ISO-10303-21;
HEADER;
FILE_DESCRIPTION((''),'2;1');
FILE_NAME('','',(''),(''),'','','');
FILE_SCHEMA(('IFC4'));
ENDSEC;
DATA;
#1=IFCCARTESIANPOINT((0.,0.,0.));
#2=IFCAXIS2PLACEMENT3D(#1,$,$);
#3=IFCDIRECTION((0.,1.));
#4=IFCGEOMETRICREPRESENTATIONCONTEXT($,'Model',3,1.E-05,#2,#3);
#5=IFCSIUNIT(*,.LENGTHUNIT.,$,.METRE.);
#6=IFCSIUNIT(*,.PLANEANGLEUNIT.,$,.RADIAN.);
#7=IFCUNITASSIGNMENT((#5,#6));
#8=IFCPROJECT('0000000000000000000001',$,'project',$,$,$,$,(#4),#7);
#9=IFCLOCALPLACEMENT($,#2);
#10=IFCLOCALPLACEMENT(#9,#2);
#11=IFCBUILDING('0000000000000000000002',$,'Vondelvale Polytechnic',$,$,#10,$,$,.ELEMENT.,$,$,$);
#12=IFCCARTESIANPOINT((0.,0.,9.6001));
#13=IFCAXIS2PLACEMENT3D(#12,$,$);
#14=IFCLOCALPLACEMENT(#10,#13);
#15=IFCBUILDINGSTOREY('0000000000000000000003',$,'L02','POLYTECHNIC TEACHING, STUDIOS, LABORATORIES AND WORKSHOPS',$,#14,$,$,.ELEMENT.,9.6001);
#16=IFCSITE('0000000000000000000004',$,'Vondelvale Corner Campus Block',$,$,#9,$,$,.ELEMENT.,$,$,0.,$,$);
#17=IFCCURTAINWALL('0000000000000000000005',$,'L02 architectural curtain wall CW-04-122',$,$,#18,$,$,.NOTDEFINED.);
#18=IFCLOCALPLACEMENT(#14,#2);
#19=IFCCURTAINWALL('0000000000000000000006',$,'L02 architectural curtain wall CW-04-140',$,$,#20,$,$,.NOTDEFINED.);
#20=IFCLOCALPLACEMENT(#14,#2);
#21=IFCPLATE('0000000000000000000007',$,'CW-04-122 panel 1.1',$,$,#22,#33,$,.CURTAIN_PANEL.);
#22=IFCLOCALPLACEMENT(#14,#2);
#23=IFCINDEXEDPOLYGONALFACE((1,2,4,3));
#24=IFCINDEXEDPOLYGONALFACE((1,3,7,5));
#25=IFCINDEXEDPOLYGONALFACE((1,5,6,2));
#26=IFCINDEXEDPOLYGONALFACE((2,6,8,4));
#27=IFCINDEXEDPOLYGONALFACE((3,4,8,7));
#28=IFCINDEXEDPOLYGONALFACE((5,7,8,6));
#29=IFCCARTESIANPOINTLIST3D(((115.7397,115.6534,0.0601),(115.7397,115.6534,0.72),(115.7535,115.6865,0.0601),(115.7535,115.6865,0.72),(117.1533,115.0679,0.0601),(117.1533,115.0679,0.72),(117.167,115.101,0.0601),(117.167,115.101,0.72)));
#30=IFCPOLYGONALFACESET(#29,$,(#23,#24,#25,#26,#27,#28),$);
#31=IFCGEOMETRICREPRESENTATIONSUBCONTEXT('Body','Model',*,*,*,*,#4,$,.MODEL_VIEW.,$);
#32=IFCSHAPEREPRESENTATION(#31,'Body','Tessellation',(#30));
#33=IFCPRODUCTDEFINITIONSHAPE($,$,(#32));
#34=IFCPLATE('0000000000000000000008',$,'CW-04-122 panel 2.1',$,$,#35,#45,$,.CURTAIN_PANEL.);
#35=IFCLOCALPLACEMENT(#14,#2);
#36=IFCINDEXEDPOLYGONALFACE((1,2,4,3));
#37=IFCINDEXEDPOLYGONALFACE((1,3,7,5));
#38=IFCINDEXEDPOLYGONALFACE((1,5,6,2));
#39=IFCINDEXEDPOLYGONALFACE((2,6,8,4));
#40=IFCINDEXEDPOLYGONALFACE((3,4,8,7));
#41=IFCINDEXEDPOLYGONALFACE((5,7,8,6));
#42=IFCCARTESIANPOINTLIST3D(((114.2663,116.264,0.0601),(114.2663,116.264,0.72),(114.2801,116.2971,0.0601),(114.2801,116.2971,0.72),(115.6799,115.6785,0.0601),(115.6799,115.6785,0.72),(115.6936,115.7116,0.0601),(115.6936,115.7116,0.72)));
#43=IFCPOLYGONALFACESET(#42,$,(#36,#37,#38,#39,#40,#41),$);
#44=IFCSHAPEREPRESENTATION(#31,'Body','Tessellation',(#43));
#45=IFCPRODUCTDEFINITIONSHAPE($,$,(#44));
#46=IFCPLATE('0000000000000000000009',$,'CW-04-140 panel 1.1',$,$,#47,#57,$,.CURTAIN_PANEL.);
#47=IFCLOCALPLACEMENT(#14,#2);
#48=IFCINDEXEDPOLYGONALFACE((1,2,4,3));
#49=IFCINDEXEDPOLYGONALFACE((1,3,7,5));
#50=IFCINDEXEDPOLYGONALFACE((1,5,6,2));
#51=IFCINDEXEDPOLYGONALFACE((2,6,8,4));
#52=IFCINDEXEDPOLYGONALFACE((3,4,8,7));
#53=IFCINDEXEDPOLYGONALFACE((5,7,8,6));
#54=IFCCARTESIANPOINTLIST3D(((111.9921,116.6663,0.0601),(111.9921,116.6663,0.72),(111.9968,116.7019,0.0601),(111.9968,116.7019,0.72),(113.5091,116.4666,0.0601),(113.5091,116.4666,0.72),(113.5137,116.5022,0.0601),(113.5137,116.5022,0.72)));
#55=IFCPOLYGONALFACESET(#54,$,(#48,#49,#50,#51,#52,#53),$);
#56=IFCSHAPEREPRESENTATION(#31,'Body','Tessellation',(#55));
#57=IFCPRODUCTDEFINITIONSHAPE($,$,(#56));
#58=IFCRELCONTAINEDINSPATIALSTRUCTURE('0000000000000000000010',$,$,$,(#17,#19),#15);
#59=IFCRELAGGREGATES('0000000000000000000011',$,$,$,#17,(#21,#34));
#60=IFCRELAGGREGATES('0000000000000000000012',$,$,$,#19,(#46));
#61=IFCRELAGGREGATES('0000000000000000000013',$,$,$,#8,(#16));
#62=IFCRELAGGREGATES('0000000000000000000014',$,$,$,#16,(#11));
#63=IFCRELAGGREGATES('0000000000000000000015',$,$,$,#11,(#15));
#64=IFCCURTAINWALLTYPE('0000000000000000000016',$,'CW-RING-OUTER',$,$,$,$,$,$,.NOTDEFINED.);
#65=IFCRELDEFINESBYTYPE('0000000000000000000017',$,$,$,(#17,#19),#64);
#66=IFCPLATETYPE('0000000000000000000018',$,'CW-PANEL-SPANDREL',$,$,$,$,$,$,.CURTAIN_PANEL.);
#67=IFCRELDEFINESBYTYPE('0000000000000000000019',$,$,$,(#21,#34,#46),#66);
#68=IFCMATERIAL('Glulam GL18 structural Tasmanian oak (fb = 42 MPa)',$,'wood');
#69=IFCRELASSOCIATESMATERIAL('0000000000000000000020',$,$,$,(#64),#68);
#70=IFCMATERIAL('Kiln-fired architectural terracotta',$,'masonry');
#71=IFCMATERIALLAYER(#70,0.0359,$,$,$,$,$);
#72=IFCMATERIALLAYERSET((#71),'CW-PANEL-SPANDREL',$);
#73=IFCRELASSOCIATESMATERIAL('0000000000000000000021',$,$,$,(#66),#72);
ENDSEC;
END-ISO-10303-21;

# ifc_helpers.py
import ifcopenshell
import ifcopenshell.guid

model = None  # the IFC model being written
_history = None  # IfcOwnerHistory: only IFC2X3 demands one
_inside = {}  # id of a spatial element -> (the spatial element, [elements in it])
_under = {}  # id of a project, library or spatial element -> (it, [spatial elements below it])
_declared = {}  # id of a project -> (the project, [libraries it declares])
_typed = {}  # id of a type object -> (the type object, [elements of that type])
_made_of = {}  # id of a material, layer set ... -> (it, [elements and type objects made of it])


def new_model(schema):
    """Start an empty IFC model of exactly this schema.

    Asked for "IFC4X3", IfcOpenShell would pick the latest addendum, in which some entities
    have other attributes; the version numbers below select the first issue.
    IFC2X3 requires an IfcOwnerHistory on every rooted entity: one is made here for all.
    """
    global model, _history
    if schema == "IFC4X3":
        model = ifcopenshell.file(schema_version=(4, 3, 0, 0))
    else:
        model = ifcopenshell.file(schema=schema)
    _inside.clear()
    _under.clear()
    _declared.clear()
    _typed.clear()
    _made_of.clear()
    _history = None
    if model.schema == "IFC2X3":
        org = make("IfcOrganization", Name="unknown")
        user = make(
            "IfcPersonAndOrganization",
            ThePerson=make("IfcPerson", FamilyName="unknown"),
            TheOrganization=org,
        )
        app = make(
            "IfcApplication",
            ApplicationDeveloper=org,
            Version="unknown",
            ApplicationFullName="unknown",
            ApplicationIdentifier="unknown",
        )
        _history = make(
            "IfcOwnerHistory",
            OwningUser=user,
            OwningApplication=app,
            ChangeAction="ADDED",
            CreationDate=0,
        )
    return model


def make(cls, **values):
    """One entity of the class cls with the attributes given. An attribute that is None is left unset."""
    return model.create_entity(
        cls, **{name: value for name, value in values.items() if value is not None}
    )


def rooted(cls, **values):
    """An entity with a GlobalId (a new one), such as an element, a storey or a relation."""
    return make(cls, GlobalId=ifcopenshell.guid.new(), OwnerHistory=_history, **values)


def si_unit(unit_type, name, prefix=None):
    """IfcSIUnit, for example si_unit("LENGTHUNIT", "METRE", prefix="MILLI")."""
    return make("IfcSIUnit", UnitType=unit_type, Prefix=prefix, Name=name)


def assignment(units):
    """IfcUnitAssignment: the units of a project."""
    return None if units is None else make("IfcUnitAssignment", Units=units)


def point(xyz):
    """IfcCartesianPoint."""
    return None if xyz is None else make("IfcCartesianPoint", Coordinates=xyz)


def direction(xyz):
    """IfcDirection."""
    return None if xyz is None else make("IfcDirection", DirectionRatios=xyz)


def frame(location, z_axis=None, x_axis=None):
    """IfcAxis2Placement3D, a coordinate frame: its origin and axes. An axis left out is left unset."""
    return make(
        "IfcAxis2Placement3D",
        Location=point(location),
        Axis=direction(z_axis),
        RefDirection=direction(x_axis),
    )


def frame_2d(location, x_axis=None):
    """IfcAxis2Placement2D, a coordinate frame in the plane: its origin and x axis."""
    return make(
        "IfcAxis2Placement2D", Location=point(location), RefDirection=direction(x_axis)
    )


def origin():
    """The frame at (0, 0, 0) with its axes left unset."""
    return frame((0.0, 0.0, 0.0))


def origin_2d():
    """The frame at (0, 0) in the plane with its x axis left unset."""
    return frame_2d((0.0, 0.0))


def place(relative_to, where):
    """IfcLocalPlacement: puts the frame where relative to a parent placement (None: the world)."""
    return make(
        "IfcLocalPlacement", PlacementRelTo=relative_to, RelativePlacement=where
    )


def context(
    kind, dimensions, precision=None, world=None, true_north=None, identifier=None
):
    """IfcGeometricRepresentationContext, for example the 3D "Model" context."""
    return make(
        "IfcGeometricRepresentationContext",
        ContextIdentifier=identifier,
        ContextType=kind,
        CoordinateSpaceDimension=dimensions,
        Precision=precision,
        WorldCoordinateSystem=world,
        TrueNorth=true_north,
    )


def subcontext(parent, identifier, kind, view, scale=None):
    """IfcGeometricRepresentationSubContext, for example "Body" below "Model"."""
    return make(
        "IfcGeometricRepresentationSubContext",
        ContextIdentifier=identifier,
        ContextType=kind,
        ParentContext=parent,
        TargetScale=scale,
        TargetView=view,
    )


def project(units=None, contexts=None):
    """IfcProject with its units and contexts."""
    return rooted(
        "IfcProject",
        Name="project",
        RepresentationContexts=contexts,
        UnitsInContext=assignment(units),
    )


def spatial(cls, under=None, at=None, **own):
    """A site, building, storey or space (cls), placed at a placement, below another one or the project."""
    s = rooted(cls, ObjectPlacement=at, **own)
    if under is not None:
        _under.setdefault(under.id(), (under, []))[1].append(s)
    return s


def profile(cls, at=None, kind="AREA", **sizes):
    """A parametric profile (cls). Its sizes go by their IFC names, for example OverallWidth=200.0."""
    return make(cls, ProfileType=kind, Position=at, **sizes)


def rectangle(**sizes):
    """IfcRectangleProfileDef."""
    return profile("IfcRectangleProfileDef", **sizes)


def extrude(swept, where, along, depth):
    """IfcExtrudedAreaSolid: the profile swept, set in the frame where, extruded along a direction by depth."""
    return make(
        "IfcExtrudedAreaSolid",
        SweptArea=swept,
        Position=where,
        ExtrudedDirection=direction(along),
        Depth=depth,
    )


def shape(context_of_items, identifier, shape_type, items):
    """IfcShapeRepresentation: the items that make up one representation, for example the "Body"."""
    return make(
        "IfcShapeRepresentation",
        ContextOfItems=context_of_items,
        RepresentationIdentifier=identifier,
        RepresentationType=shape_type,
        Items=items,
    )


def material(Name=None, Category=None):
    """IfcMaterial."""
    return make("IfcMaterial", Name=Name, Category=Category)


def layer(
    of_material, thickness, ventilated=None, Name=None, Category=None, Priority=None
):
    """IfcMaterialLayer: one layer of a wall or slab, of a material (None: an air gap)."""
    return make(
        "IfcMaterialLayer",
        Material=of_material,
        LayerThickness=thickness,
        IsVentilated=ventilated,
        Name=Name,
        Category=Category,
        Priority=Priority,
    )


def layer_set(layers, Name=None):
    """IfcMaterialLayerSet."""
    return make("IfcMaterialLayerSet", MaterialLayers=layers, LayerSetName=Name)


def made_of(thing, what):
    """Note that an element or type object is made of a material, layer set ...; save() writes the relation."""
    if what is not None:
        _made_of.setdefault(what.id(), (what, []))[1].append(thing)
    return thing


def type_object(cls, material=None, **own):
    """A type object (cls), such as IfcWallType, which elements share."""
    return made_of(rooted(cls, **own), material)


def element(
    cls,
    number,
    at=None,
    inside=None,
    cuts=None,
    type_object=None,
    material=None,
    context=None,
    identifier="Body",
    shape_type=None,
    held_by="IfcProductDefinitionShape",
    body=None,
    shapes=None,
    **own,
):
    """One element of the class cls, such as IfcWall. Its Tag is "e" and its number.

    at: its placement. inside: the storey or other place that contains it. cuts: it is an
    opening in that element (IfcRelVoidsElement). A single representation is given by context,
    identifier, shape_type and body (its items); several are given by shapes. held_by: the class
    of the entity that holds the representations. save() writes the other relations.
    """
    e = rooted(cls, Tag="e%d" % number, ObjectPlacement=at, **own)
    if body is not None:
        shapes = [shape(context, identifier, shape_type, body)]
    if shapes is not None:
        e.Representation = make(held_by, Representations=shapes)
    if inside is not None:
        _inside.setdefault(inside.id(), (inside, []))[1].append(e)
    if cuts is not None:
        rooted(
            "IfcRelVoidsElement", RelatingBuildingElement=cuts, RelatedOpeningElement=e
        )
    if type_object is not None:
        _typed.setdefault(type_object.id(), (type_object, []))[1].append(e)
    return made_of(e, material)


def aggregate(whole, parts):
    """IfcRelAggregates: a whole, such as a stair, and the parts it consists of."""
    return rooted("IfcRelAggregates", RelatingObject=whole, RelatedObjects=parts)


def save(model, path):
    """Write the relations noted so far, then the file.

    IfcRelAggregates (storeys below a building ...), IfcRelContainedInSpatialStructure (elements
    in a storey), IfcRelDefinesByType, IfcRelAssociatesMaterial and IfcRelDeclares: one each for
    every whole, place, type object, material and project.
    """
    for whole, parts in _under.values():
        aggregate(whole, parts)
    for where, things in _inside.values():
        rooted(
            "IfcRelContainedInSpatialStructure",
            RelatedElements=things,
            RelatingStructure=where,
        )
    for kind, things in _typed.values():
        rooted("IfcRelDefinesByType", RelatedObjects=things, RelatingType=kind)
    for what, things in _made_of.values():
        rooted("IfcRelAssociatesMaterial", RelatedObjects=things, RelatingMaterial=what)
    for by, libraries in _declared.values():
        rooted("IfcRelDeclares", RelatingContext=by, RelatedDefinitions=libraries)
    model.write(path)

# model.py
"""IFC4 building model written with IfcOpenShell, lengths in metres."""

from ifc_helpers import new_model, si_unit, direction, frame, origin, origin_2d, place, context, subcontext, project, spatial, rectangle, extrude, material, layer, layer_set, type_object, element, aggregate, save


model = new_model("IFC4")

# Units and contexts
model_context = context("Model", 3, precision=1e-05, world=origin(), true_north=direction((0.0, 1.0)))
body_context = subcontext(model_context, "Body", "Model", "MODEL_VIEW")
ifc_project = project(units=[si_unit("LENGTHUNIT", "METRE"), si_unit("PLANEANGLEUNIT", "RADIAN")], contexts=[model_context])

# Site, building, storey
site_placement = place(None, origin())
site = spatial("IfcSite", under=ifc_project, at=site_placement, Name="Vondelvale Corner Campus Block", CompositionType="ELEMENT", RefElevation=0.0)
building_placement = place(site_placement, origin())
building = spatial("IfcBuilding", under=site, at=building_placement, Name="Vondelvale Polytechnic", CompositionType="ELEMENT")
storey_placement = place(building_placement, frame((0.0, 0.0, 9.6001)))
storey = spatial("IfcBuildingStorey", under=building, at=storey_placement, Name="L02", Description="POLYTECHNIC TEACHING, STUDIOS, LABORATORIES AND WORKSHOPS", CompositionType="ELEMENT", Elevation=9.6001)

# Shared definitions
ifc_material_1 = material(Name="Glulam GL18 structural Tasmanian oak (fb = 42 MPa)", Category="wood")

# Shared definitions
curtain_wall_type = type_object("IfcCurtainWallType", Name="CW-RING-OUTER", PredefinedType="NOTDEFINED", material=ifc_material_1)

# Curtain wall
curtain_wall_1_placement = place(storey_placement, origin())
curtain_wall_1 = element("IfcCurtainWall", 1, at=curtain_wall_1_placement, inside=storey, type_object=curtain_wall_type, Name="L02 architectural curtain wall CW-04-122", PredefinedType="NOTDEFINED")

# Curtain wall
curtain_wall_2_placement = place(storey_placement, origin())
curtain_wall_2 = element("IfcCurtainWall", 2, at=curtain_wall_2_placement, inside=storey, type_object=curtain_wall_type, Name="L02 architectural curtain wall CW-04-140", PredefinedType="NOTDEFINED")

# Plates
ifc_material_2 = material(Name="Kiln-fired architectural terracotta", Category="masonry")
ifc_layer_1 = layer(ifc_material_2, 0.0359)
ifc_layer_set_1 = layer_set([ifc_layer_1], Name="CW-PANEL-SPANDREL")
plate_type_1 = type_object("IfcPlateType", Name="CW-PANEL-SPANDREL", PredefinedType="CURTAIN_PANEL", material=ifc_layer_set_1)
plate_1_placement = place(storey_placement, frame((116.4534, 115.3772, 0.0601), z_axis=(0.0, 0.0, 1.0), x_axis=(-0.923882, 0.382677, 0.0)))
plate_1 = element("IfcPlate", 3, at=plate_1_placement, type_object=plate_type_1, Name="CW-04-122 panel 1.1", PredefinedType="CURTAIN_PANEL", context=body_context, shape_type="SweptSolid", body=[
    extrude(rectangle(XDim=1.53, YDim=0.0359, at=origin_2d()), origin(), (0.0, 0.0, 1.0), 0.6599),
])
plate_2_placement = place(storey_placement, frame((114.98, 115.9878, 0.0601), z_axis=(0.0, 0.0, 1.0), x_axis=(-0.923882, 0.382677, 0.0)))
plate_2 = element("IfcPlate", 4, at=plate_2_placement, type_object=plate_type_1, Name="CW-04-122 panel 2.1", PredefinedType="CURTAIN_PANEL", context=body_context, shape_type="SweptSolid", body=[
    extrude(rectangle(XDim=1.53, YDim=0.0359, at=origin_2d()), origin(), (0.0, 0.0, 1.0), 0.6599),
])
aggregate(curtain_wall_1, [plate_1, plate_2])
plate_3_placement = place(storey_placement, frame((112.7529, 116.5842, 0.0601), z_axis=(0.0, 0.0, 1.0), x_axis=(-0.991443, 0.13054, 0.0)))
plate_3 = element("IfcPlate", 5, at=plate_3_placement, type_object=plate_type_1, Name="CW-04-140 panel 1.1", PredefinedType="CURTAIN_PANEL", context=body_context, shape_type="SweptSolid", body=[
    extrude(rectangle(XDim=1.53, YDim=0.0359, at=origin_2d()), origin(), (0.0, 0.0, 1.0), 0.6599),
])
aggregate(curtain_wall_2, [plate_3])

save(model, "model.ifc")
